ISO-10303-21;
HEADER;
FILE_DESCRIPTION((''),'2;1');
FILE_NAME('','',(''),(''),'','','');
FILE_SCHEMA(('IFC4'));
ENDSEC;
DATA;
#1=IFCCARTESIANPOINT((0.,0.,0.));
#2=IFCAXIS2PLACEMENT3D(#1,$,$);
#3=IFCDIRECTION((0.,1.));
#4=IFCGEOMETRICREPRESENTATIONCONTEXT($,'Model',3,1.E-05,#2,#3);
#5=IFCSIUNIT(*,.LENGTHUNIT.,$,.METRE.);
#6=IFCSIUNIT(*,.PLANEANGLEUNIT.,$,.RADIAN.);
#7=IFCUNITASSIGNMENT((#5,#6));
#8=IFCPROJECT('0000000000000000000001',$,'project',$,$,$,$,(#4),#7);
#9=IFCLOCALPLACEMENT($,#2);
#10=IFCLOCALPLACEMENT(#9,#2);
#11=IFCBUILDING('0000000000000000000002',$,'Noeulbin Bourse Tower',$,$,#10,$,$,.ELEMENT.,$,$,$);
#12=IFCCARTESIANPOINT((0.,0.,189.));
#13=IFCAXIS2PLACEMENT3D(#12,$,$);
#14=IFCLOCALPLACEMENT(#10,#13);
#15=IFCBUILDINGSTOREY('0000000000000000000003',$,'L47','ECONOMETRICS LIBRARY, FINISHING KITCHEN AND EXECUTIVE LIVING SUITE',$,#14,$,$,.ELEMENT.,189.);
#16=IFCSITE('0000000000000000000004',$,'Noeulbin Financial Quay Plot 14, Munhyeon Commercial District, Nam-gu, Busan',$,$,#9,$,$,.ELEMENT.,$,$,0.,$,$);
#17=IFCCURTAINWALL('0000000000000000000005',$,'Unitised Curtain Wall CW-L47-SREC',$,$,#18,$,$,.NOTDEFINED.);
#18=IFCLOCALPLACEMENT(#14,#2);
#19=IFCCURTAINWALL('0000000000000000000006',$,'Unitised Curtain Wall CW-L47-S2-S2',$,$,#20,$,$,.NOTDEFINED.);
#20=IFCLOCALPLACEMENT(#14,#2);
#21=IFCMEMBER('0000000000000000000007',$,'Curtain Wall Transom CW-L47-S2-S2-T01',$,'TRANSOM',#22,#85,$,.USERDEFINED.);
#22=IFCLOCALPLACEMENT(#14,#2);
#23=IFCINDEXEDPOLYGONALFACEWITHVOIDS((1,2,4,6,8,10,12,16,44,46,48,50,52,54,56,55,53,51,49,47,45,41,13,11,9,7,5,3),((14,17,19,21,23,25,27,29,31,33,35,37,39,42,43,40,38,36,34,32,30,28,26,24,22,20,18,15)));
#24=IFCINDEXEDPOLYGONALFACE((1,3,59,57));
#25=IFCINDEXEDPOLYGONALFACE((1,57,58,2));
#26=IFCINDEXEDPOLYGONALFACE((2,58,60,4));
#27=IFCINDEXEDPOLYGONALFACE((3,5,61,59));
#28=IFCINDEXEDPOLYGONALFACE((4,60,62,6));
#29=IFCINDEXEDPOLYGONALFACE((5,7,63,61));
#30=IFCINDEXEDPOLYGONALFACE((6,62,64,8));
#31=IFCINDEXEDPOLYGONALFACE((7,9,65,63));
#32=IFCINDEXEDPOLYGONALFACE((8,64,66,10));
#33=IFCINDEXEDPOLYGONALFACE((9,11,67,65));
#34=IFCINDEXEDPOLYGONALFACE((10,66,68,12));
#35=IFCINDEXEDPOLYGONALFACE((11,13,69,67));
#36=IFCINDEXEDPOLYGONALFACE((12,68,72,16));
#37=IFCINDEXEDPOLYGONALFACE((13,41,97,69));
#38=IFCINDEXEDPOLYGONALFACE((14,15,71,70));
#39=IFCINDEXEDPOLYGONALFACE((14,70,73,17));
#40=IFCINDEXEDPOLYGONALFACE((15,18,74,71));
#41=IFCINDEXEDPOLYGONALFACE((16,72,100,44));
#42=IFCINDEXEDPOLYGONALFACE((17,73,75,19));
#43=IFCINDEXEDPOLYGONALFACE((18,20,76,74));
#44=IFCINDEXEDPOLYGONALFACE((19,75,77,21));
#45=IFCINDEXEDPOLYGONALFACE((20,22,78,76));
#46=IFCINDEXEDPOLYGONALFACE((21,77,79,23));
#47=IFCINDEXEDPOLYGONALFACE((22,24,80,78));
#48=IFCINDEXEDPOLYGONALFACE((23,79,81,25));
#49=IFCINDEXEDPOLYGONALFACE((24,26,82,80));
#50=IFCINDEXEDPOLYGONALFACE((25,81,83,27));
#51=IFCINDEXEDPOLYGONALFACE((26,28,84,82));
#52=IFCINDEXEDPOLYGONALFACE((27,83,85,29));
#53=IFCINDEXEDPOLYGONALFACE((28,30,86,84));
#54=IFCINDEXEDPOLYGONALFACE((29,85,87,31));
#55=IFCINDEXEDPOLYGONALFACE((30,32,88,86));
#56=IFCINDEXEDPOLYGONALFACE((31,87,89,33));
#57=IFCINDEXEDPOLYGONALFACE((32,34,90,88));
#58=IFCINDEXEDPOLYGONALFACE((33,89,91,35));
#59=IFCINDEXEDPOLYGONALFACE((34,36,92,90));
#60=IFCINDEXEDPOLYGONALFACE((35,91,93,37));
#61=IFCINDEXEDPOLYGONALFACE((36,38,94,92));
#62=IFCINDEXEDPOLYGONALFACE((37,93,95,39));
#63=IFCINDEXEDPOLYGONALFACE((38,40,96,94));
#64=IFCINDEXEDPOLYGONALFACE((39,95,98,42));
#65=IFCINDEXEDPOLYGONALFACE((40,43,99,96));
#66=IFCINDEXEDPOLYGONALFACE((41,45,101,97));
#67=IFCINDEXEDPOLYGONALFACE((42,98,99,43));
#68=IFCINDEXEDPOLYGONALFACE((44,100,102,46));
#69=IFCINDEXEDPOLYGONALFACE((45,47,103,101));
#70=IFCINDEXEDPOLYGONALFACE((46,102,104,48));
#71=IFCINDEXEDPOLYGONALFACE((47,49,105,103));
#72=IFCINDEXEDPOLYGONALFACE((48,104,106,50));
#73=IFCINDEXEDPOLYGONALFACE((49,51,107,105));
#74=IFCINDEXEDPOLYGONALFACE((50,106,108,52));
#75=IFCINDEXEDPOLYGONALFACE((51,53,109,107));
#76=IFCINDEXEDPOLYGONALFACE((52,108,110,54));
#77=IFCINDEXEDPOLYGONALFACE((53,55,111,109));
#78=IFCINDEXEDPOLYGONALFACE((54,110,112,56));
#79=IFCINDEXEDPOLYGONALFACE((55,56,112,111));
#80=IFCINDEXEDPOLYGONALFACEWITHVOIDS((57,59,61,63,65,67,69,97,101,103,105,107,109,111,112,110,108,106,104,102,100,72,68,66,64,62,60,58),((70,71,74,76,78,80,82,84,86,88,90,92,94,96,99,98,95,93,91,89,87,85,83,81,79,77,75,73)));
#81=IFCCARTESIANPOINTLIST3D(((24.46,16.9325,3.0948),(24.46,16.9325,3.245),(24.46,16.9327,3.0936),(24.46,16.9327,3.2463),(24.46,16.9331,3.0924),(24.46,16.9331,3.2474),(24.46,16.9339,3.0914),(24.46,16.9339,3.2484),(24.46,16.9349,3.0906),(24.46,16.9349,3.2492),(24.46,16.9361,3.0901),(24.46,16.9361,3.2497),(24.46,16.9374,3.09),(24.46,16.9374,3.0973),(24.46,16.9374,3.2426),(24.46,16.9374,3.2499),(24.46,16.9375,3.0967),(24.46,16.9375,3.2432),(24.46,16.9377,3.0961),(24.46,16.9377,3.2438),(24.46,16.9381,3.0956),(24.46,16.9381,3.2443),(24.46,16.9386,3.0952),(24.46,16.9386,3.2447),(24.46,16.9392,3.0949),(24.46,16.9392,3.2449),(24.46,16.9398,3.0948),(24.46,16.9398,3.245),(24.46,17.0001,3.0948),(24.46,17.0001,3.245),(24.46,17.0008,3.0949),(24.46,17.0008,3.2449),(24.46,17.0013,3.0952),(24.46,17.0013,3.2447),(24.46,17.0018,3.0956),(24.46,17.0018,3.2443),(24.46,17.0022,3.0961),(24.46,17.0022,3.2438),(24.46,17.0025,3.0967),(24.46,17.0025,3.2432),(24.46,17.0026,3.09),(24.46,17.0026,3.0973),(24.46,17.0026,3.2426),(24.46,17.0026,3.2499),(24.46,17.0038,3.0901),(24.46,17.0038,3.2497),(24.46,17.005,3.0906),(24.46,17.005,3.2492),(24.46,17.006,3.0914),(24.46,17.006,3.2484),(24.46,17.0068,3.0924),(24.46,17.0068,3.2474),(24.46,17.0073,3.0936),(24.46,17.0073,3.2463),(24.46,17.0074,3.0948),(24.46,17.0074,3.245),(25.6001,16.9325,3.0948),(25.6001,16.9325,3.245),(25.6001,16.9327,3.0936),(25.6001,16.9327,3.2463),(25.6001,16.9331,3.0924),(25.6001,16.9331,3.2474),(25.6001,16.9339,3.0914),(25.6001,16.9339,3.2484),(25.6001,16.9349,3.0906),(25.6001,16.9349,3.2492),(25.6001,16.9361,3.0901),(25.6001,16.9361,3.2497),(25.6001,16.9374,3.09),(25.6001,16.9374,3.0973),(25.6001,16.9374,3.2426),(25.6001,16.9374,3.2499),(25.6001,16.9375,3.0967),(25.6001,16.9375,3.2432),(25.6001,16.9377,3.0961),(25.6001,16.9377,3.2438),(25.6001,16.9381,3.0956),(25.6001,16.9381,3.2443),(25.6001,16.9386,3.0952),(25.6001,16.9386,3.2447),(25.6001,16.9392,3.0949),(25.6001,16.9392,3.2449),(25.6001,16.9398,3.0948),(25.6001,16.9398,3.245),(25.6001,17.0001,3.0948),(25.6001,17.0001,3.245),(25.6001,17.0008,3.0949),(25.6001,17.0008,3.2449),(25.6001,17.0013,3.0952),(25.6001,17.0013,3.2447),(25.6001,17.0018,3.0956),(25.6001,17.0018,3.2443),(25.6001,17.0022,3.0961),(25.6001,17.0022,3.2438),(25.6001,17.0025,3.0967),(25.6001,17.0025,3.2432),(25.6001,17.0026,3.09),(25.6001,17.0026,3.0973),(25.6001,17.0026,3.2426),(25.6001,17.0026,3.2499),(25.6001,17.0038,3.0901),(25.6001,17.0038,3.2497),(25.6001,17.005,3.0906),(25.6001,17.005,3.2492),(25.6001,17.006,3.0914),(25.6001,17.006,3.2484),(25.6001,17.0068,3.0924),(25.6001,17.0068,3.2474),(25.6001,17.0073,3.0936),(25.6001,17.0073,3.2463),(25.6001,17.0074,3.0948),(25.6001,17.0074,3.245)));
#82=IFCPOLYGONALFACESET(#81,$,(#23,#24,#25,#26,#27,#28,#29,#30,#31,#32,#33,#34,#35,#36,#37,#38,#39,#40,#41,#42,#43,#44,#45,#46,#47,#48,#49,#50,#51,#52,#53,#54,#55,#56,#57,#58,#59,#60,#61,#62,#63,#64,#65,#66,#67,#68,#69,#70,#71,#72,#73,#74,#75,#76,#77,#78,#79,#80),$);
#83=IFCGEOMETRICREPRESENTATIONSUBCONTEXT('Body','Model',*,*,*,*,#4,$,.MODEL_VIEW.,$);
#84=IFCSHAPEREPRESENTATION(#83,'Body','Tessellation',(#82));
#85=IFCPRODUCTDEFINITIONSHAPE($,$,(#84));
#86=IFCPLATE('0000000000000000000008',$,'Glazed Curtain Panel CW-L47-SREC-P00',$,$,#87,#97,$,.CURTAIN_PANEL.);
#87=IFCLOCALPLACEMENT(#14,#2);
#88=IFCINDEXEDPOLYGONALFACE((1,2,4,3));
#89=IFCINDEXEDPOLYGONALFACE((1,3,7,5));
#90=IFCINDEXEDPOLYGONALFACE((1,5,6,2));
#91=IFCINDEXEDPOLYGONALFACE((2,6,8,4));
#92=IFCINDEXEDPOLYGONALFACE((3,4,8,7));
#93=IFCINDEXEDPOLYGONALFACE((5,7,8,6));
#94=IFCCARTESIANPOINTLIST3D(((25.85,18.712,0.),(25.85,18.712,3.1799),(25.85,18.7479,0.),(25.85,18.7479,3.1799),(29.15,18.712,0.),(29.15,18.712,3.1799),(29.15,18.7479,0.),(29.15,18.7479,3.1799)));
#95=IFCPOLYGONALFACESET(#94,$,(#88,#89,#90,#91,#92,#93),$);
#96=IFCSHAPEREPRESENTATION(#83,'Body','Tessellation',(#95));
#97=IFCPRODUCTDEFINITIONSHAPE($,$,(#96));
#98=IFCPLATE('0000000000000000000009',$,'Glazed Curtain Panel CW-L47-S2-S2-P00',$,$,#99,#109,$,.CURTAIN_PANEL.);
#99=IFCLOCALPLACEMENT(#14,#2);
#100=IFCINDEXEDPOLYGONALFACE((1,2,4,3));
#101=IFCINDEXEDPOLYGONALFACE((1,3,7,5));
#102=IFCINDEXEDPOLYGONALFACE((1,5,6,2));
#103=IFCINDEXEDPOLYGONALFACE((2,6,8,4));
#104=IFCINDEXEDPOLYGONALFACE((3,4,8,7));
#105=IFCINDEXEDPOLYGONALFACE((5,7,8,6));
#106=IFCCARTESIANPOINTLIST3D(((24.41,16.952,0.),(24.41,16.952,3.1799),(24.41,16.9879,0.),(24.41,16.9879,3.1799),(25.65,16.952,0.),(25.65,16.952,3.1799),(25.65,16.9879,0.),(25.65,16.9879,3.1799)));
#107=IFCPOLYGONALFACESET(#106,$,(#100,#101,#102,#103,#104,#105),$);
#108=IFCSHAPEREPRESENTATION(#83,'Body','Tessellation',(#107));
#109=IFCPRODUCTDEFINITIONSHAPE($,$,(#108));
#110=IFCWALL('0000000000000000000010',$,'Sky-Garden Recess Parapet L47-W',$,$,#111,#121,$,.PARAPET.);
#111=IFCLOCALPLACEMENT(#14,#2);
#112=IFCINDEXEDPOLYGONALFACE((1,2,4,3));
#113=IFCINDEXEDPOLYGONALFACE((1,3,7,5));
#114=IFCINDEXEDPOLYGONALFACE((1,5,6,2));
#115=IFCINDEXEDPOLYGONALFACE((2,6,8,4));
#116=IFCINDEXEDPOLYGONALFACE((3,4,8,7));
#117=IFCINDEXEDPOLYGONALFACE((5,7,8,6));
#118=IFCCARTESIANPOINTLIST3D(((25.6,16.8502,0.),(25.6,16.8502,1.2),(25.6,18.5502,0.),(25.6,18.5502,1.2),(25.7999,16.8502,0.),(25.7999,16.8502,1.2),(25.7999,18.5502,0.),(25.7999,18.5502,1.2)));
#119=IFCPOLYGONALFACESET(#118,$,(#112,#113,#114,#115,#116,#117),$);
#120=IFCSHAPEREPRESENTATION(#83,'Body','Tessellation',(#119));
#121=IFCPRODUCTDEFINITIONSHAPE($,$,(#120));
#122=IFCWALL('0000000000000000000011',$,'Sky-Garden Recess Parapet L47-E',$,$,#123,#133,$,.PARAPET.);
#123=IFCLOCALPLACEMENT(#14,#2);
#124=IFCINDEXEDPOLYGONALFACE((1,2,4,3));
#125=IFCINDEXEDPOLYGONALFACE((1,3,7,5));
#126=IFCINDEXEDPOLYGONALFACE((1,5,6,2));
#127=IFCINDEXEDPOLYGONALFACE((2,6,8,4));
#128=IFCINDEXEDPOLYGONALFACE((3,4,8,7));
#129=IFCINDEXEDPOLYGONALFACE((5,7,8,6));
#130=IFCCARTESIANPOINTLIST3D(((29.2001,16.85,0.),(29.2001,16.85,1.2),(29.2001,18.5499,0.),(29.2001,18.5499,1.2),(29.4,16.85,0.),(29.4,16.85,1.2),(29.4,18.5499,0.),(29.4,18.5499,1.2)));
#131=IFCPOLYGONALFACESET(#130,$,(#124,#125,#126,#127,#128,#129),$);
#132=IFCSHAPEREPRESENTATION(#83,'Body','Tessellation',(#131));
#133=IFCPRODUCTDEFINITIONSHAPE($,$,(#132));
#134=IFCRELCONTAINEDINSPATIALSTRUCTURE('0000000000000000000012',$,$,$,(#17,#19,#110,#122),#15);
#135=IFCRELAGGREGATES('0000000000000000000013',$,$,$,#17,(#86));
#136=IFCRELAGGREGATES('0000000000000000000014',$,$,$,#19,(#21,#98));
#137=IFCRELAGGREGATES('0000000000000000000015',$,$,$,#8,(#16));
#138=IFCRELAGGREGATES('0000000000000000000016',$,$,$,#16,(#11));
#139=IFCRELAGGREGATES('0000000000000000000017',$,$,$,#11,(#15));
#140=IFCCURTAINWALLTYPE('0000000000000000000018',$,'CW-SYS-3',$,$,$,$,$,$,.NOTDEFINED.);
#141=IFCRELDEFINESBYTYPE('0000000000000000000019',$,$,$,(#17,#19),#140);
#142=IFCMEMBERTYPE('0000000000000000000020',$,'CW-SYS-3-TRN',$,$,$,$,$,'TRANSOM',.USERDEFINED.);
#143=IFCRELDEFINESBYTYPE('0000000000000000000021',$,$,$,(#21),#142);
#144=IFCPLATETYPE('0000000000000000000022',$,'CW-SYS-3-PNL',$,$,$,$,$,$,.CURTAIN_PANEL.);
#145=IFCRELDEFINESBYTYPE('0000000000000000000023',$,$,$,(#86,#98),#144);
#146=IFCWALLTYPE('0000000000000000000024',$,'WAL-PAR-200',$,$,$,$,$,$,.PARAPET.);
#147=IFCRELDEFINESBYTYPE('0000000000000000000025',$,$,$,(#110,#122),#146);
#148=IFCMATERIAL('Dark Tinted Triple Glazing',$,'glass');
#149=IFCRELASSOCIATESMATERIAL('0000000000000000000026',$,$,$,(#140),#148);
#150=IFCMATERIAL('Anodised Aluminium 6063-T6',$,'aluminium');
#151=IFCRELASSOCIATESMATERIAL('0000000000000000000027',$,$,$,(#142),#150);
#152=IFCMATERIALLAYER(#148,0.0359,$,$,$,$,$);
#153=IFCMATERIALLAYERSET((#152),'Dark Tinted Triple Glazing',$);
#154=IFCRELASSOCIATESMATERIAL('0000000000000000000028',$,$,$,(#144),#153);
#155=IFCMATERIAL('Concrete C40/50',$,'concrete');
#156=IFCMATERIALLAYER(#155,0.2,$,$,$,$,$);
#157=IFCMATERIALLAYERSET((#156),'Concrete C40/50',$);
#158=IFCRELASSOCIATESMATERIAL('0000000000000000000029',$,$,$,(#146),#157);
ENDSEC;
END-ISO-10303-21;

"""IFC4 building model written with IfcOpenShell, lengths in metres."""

from ifc_helpers import new_model, si_unit, direction, frame, frame_2d, origin, origin_2d, place, context, subcontext, project, spatial, rectangle, hollow_rectangle, extrude, material, layer, layer_set, material_profile, profile_set, type_object, element, aggregate, save


model = new_model("IFC4")

# Units and contexts
model_context = context("Model", 3, precision=1e-05, world=origin(), true_north=direction((0.0, 1.0)))
body_context = subcontext(model_context, "Body", "Model", "MODEL_VIEW")
ifc_project = project(units=[si_unit("LENGTHUNIT", "METRE"), si_unit("PLANEANGLEUNIT", "RADIAN")], contexts=[model_context])

# Site, building, storey
site_placement = place(None, origin())
site = spatial("IfcSite", under=ifc_project, at=site_placement, Name="Noeulbin Financial Quay Plot 14, Munhyeon Commercial District, Nam-gu, Busan", CompositionType="ELEMENT", RefElevation=0.0)
building_placement = place(site_placement, origin())
building = spatial("IfcBuilding", under=site, at=building_placement, Name="Noeulbin Bourse Tower", CompositionType="ELEMENT")
storey_placement = place(building_placement, frame((0.0, 0.0, 189.0)))
storey = spatial("IfcBuildingStorey", under=building, at=storey_placement, Name="L47", Description="ECONOMETRICS LIBRARY, FINISHING KITCHEN AND EXECUTIVE LIVING SUITE", CompositionType="ELEMENT", Elevation=189.0)

# Curtain walls
ifc_material_1 = material(Name="Dark Tinted Triple Glazing", Category="glass")
curtain_wall_type = type_object("IfcCurtainWallType", Name="CW-SYS-3", PredefinedType="NOTDEFINED", material=ifc_material_1)
curtain_wall_1_placement = place(storey_placement, origin())
curtain_wall_1 = element("IfcCurtainWall", 1, at=curtain_wall_1_placement, inside=storey, type_object=curtain_wall_type, Name="Unitised Curtain Wall CW-L47-SREC", PredefinedType="NOTDEFINED")
ifc_material_2 = material(Name="Anodised Aluminium 6063-T6", Category="aluminium")
curtain_wall_2_placement = place(storey_placement, origin())
curtain_wall_2 = element("IfcCurtainWall", 2, at=curtain_wall_2_placement, inside=storey, type_object=curtain_wall_type, Name="Unitised Curtain Wall CW-L47-S2-S2", PredefinedType="NOTDEFINED")

# Member
ifc_material_profile_1 = material_profile(ifc_material_2, hollow_rectangle(XDim=0.075, YDim=0.1599, WallThickness=0.0049, InnerFilletRadius=0.0024, OuterFilletRadius=0.0049, at=origin_2d()), Name="ALU-TRAN-75x160x5", Category="LoadBearing")
ifc_profile_set_1 = profile_set([ifc_material_profile_1], Name="Anodised Aluminium 6063-T6")
member_type_1 = type_object("IfcMemberType", Name="CW-SYS-3-TRN", ElementType="TRANSOM", PredefinedType="USERDEFINED", material=ifc_profile_set_1)
member_1_placement = place(storey_placement, frame((24.46, 16.97, 3.1699), z_axis=(1.0, 0.0, 0.0), x_axis=(0.0, 1.0, 0.0)))
member_1 = element("IfcMember", 3, at=member_1_placement, type_object=member_type_1, Name="Curtain Wall Transom CW-L47-S2-S2-T01", ObjectType="TRANSOM", PredefinedType="USERDEFINED", context=body_context, shape_type="SweptSolid", body=[
    extrude(hollow_rectangle(XDim=0.075, YDim=0.1599, WallThickness=0.0049, InnerFilletRadius=0.0024, OuterFilletRadius=0.0049, at=origin_2d()), origin(), (0.0, 0.0, 1.0), 1.1401),
])

# Plates
ifc_layer_1 = layer(ifc_material_1, 0.0359)
ifc_layer_set_1 = layer_set([ifc_layer_1], Name="Dark Tinted Triple Glazing")
plate_type = type_object("IfcPlateType", Name="CW-SYS-3-PNL", PredefinedType="CURTAIN_PANEL", material=ifc_layer_set_1)
plate_1_placement = place(storey_placement, frame((27.5, 18.73, 0.0), z_axis=(0.0, 0.0, 1.0), x_axis=(1.0, 0.0, 0.0)))
plate_1 = element("IfcPlate", 4, at=plate_1_placement, type_object=plate_type, Name="Glazed Curtain Panel CW-L47-SREC-P00", PredefinedType="CURTAIN_PANEL", context=body_context, shape_type="SweptSolid", body=[
    extrude(rectangle(XDim=3.3, YDim=0.0359, at=origin_2d()), origin(), (0.0, 0.0, 1.0), 3.1799),
])
aggregate(curtain_wall_1, [plate_1])
plate_2_placement = place(storey_placement, frame((25.03, 16.97, 0.0), z_axis=(0.0, 0.0, 1.0), x_axis=(1.0, 0.0, 0.0)))
plate_2 = element("IfcPlate", 5, at=plate_2_placement, type_object=plate_type, Name="Glazed Curtain Panel CW-L47-S2-S2-P00", PredefinedType="CURTAIN_PANEL", context=body_context, shape_type="SweptSolid", body=[
    extrude(rectangle(XDim=1.24, YDim=0.0359, at=origin_2d()), origin(), (0.0, 0.0, 1.0), 3.1799),
])
aggregate(curtain_wall_2, [member_1, plate_2])

# Walls
ifc_material_3 = material(Name="Concrete C40/50", Category="concrete")
ifc_layer_2 = layer(ifc_material_3, 0.2)
ifc_layer_set_2 = layer_set([ifc_layer_2], Name="Concrete C40/50")
wall_type = type_object("IfcWallType", Name="WAL-PAR-200", PredefinedType="PARAPET", material=ifc_layer_set_2)
for number, where, z_axis, x_axis, name in (
    (6, (25.7, 16.8501, 0.0), (0.0, 0.0, 1.0), (0.0, 1.0, 0.0), "Sky-Garden Recess Parapet L47-W"),
    (7, (29.3, 18.55, 0.0), (0.0, 0.0, 1.0), (0.0, -1.0, 0.0), "Sky-Garden Recess Parapet L47-E"),
):
    element("IfcWall", number, at=place(storey_placement, frame(where, z_axis=z_axis, x_axis=x_axis)), inside=storey, type_object=wall_type, Name=name, PredefinedType="PARAPET", context=body_context, shape_type="SweptSolid", body=[
        extrude(rectangle(XDim=1.7, YDim=0.2, at=frame_2d((0.8501, 0.0))), origin(), (0.0, 0.0, 1.0), 1.2),
    ])

save(model, "model.ifc")
